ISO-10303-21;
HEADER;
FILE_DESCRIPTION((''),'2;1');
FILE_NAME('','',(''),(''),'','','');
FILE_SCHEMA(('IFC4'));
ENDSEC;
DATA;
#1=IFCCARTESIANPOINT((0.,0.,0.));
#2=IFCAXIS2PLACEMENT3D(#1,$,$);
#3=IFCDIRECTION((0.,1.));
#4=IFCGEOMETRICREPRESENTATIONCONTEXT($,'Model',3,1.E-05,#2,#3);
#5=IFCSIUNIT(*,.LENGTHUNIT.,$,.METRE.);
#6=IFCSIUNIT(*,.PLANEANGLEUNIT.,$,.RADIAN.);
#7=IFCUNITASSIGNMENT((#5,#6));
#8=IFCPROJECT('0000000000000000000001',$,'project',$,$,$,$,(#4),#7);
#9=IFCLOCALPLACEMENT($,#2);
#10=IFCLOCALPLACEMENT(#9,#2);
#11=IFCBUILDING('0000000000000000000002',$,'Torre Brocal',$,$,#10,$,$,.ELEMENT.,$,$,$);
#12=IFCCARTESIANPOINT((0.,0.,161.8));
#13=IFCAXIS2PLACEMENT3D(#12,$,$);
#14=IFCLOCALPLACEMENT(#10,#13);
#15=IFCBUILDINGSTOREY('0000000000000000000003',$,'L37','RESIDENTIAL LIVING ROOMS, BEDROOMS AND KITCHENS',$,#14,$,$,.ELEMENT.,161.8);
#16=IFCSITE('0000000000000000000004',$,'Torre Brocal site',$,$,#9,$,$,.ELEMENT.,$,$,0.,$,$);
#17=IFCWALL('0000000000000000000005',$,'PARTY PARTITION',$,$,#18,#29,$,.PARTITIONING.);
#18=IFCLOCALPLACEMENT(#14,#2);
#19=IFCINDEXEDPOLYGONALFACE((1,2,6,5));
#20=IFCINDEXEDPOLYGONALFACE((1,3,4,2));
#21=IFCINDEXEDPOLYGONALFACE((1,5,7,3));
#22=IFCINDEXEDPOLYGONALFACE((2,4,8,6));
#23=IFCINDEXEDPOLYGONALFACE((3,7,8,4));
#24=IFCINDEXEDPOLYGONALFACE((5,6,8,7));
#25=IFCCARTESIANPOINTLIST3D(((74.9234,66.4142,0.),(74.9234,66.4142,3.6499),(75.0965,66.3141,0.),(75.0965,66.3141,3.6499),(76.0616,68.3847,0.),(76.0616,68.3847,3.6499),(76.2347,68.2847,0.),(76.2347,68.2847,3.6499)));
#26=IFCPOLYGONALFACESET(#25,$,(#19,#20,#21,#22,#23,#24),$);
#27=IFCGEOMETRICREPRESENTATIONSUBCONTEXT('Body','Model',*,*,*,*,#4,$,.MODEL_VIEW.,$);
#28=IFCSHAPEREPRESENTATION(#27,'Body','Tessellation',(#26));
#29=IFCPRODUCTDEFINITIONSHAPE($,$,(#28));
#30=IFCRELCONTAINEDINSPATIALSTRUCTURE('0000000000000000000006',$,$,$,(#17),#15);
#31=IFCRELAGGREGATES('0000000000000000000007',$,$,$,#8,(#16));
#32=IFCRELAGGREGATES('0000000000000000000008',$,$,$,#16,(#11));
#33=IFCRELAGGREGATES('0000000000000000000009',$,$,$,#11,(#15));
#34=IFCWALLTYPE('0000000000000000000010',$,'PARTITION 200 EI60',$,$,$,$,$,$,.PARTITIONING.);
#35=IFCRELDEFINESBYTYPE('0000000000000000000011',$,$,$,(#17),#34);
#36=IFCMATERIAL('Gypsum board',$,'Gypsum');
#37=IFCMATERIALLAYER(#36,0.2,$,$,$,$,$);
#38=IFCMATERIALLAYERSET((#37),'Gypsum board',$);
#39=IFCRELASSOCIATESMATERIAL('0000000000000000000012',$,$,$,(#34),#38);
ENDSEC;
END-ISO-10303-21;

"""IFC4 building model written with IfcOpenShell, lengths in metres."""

from ifc_helpers import new_model, si_unit, direction, frame, frame_2d, origin, place, context, subcontext, project, spatial, rectangle, extrude, material, layer, layer_set, type_object, element, save


model = new_model("IFC4")

# Units and contexts
model_context = context("Model", 3, precision=1e-05, world=origin(), true_north=direction((0.0, 1.0)))
body_context = subcontext(model_context, "Body", "Model", "MODEL_VIEW")
ifc_project = project(units=[si_unit("LENGTHUNIT", "METRE"), si_unit("PLANEANGLEUNIT", "RADIAN")], contexts=[model_context])

# Site, building, storey
site_placement = place(None, origin())
site = spatial("IfcSite", under=ifc_project, at=site_placement, Name="Torre Brocal site", CompositionType="ELEMENT", RefElevation=0.0)
building_placement = place(site_placement, origin())
building = spatial("IfcBuilding", under=site, at=building_placement, Name="Torre Brocal", CompositionType="ELEMENT")
storey_placement = place(building_placement, frame((0.0, 0.0, 161.8)))
storey = spatial("IfcBuildingStorey", under=building, at=storey_placement, Name="L37", Description="RESIDENTIAL LIVING ROOMS, BEDROOMS AND KITCHENS", CompositionType="ELEMENT", Elevation=161.8)

# Shared definitions
ifc_material_1 = material(Name="Gypsum board", Category="Gypsum")
ifc_layer_1 = layer(ifc_material_1, 0.2)
ifc_layer_set_1 = layer_set([ifc_layer_1], Name="Gypsum board")
wall_type_1 = type_object("IfcWallType", Name="PARTITION 200 EI60", PredefinedType="PARTITIONING", material=ifc_layer_set_1)

# Wall
wall_1_placement = place(storey_placement, frame((75.01, 66.3643, 0.0), z_axis=(0.0, 0.0, 1.0), x_axis=(0.500177, 0.865923, 0.0)))
element("IfcWall", 1, at=wall_1_placement, inside=storey, type_object=wall_type_1, Name="PARTY PARTITION", PredefinedType="PARTITIONING", context=body_context, shape_type="SweptSolid", body=[
    extrude(rectangle(XDim=2.2756, YDim=0.2, at=frame_2d((1.1377, 0.0))), origin(), (0.0, 0.0, 1.0), 3.6499),
])

save(model, "model.ifc")
